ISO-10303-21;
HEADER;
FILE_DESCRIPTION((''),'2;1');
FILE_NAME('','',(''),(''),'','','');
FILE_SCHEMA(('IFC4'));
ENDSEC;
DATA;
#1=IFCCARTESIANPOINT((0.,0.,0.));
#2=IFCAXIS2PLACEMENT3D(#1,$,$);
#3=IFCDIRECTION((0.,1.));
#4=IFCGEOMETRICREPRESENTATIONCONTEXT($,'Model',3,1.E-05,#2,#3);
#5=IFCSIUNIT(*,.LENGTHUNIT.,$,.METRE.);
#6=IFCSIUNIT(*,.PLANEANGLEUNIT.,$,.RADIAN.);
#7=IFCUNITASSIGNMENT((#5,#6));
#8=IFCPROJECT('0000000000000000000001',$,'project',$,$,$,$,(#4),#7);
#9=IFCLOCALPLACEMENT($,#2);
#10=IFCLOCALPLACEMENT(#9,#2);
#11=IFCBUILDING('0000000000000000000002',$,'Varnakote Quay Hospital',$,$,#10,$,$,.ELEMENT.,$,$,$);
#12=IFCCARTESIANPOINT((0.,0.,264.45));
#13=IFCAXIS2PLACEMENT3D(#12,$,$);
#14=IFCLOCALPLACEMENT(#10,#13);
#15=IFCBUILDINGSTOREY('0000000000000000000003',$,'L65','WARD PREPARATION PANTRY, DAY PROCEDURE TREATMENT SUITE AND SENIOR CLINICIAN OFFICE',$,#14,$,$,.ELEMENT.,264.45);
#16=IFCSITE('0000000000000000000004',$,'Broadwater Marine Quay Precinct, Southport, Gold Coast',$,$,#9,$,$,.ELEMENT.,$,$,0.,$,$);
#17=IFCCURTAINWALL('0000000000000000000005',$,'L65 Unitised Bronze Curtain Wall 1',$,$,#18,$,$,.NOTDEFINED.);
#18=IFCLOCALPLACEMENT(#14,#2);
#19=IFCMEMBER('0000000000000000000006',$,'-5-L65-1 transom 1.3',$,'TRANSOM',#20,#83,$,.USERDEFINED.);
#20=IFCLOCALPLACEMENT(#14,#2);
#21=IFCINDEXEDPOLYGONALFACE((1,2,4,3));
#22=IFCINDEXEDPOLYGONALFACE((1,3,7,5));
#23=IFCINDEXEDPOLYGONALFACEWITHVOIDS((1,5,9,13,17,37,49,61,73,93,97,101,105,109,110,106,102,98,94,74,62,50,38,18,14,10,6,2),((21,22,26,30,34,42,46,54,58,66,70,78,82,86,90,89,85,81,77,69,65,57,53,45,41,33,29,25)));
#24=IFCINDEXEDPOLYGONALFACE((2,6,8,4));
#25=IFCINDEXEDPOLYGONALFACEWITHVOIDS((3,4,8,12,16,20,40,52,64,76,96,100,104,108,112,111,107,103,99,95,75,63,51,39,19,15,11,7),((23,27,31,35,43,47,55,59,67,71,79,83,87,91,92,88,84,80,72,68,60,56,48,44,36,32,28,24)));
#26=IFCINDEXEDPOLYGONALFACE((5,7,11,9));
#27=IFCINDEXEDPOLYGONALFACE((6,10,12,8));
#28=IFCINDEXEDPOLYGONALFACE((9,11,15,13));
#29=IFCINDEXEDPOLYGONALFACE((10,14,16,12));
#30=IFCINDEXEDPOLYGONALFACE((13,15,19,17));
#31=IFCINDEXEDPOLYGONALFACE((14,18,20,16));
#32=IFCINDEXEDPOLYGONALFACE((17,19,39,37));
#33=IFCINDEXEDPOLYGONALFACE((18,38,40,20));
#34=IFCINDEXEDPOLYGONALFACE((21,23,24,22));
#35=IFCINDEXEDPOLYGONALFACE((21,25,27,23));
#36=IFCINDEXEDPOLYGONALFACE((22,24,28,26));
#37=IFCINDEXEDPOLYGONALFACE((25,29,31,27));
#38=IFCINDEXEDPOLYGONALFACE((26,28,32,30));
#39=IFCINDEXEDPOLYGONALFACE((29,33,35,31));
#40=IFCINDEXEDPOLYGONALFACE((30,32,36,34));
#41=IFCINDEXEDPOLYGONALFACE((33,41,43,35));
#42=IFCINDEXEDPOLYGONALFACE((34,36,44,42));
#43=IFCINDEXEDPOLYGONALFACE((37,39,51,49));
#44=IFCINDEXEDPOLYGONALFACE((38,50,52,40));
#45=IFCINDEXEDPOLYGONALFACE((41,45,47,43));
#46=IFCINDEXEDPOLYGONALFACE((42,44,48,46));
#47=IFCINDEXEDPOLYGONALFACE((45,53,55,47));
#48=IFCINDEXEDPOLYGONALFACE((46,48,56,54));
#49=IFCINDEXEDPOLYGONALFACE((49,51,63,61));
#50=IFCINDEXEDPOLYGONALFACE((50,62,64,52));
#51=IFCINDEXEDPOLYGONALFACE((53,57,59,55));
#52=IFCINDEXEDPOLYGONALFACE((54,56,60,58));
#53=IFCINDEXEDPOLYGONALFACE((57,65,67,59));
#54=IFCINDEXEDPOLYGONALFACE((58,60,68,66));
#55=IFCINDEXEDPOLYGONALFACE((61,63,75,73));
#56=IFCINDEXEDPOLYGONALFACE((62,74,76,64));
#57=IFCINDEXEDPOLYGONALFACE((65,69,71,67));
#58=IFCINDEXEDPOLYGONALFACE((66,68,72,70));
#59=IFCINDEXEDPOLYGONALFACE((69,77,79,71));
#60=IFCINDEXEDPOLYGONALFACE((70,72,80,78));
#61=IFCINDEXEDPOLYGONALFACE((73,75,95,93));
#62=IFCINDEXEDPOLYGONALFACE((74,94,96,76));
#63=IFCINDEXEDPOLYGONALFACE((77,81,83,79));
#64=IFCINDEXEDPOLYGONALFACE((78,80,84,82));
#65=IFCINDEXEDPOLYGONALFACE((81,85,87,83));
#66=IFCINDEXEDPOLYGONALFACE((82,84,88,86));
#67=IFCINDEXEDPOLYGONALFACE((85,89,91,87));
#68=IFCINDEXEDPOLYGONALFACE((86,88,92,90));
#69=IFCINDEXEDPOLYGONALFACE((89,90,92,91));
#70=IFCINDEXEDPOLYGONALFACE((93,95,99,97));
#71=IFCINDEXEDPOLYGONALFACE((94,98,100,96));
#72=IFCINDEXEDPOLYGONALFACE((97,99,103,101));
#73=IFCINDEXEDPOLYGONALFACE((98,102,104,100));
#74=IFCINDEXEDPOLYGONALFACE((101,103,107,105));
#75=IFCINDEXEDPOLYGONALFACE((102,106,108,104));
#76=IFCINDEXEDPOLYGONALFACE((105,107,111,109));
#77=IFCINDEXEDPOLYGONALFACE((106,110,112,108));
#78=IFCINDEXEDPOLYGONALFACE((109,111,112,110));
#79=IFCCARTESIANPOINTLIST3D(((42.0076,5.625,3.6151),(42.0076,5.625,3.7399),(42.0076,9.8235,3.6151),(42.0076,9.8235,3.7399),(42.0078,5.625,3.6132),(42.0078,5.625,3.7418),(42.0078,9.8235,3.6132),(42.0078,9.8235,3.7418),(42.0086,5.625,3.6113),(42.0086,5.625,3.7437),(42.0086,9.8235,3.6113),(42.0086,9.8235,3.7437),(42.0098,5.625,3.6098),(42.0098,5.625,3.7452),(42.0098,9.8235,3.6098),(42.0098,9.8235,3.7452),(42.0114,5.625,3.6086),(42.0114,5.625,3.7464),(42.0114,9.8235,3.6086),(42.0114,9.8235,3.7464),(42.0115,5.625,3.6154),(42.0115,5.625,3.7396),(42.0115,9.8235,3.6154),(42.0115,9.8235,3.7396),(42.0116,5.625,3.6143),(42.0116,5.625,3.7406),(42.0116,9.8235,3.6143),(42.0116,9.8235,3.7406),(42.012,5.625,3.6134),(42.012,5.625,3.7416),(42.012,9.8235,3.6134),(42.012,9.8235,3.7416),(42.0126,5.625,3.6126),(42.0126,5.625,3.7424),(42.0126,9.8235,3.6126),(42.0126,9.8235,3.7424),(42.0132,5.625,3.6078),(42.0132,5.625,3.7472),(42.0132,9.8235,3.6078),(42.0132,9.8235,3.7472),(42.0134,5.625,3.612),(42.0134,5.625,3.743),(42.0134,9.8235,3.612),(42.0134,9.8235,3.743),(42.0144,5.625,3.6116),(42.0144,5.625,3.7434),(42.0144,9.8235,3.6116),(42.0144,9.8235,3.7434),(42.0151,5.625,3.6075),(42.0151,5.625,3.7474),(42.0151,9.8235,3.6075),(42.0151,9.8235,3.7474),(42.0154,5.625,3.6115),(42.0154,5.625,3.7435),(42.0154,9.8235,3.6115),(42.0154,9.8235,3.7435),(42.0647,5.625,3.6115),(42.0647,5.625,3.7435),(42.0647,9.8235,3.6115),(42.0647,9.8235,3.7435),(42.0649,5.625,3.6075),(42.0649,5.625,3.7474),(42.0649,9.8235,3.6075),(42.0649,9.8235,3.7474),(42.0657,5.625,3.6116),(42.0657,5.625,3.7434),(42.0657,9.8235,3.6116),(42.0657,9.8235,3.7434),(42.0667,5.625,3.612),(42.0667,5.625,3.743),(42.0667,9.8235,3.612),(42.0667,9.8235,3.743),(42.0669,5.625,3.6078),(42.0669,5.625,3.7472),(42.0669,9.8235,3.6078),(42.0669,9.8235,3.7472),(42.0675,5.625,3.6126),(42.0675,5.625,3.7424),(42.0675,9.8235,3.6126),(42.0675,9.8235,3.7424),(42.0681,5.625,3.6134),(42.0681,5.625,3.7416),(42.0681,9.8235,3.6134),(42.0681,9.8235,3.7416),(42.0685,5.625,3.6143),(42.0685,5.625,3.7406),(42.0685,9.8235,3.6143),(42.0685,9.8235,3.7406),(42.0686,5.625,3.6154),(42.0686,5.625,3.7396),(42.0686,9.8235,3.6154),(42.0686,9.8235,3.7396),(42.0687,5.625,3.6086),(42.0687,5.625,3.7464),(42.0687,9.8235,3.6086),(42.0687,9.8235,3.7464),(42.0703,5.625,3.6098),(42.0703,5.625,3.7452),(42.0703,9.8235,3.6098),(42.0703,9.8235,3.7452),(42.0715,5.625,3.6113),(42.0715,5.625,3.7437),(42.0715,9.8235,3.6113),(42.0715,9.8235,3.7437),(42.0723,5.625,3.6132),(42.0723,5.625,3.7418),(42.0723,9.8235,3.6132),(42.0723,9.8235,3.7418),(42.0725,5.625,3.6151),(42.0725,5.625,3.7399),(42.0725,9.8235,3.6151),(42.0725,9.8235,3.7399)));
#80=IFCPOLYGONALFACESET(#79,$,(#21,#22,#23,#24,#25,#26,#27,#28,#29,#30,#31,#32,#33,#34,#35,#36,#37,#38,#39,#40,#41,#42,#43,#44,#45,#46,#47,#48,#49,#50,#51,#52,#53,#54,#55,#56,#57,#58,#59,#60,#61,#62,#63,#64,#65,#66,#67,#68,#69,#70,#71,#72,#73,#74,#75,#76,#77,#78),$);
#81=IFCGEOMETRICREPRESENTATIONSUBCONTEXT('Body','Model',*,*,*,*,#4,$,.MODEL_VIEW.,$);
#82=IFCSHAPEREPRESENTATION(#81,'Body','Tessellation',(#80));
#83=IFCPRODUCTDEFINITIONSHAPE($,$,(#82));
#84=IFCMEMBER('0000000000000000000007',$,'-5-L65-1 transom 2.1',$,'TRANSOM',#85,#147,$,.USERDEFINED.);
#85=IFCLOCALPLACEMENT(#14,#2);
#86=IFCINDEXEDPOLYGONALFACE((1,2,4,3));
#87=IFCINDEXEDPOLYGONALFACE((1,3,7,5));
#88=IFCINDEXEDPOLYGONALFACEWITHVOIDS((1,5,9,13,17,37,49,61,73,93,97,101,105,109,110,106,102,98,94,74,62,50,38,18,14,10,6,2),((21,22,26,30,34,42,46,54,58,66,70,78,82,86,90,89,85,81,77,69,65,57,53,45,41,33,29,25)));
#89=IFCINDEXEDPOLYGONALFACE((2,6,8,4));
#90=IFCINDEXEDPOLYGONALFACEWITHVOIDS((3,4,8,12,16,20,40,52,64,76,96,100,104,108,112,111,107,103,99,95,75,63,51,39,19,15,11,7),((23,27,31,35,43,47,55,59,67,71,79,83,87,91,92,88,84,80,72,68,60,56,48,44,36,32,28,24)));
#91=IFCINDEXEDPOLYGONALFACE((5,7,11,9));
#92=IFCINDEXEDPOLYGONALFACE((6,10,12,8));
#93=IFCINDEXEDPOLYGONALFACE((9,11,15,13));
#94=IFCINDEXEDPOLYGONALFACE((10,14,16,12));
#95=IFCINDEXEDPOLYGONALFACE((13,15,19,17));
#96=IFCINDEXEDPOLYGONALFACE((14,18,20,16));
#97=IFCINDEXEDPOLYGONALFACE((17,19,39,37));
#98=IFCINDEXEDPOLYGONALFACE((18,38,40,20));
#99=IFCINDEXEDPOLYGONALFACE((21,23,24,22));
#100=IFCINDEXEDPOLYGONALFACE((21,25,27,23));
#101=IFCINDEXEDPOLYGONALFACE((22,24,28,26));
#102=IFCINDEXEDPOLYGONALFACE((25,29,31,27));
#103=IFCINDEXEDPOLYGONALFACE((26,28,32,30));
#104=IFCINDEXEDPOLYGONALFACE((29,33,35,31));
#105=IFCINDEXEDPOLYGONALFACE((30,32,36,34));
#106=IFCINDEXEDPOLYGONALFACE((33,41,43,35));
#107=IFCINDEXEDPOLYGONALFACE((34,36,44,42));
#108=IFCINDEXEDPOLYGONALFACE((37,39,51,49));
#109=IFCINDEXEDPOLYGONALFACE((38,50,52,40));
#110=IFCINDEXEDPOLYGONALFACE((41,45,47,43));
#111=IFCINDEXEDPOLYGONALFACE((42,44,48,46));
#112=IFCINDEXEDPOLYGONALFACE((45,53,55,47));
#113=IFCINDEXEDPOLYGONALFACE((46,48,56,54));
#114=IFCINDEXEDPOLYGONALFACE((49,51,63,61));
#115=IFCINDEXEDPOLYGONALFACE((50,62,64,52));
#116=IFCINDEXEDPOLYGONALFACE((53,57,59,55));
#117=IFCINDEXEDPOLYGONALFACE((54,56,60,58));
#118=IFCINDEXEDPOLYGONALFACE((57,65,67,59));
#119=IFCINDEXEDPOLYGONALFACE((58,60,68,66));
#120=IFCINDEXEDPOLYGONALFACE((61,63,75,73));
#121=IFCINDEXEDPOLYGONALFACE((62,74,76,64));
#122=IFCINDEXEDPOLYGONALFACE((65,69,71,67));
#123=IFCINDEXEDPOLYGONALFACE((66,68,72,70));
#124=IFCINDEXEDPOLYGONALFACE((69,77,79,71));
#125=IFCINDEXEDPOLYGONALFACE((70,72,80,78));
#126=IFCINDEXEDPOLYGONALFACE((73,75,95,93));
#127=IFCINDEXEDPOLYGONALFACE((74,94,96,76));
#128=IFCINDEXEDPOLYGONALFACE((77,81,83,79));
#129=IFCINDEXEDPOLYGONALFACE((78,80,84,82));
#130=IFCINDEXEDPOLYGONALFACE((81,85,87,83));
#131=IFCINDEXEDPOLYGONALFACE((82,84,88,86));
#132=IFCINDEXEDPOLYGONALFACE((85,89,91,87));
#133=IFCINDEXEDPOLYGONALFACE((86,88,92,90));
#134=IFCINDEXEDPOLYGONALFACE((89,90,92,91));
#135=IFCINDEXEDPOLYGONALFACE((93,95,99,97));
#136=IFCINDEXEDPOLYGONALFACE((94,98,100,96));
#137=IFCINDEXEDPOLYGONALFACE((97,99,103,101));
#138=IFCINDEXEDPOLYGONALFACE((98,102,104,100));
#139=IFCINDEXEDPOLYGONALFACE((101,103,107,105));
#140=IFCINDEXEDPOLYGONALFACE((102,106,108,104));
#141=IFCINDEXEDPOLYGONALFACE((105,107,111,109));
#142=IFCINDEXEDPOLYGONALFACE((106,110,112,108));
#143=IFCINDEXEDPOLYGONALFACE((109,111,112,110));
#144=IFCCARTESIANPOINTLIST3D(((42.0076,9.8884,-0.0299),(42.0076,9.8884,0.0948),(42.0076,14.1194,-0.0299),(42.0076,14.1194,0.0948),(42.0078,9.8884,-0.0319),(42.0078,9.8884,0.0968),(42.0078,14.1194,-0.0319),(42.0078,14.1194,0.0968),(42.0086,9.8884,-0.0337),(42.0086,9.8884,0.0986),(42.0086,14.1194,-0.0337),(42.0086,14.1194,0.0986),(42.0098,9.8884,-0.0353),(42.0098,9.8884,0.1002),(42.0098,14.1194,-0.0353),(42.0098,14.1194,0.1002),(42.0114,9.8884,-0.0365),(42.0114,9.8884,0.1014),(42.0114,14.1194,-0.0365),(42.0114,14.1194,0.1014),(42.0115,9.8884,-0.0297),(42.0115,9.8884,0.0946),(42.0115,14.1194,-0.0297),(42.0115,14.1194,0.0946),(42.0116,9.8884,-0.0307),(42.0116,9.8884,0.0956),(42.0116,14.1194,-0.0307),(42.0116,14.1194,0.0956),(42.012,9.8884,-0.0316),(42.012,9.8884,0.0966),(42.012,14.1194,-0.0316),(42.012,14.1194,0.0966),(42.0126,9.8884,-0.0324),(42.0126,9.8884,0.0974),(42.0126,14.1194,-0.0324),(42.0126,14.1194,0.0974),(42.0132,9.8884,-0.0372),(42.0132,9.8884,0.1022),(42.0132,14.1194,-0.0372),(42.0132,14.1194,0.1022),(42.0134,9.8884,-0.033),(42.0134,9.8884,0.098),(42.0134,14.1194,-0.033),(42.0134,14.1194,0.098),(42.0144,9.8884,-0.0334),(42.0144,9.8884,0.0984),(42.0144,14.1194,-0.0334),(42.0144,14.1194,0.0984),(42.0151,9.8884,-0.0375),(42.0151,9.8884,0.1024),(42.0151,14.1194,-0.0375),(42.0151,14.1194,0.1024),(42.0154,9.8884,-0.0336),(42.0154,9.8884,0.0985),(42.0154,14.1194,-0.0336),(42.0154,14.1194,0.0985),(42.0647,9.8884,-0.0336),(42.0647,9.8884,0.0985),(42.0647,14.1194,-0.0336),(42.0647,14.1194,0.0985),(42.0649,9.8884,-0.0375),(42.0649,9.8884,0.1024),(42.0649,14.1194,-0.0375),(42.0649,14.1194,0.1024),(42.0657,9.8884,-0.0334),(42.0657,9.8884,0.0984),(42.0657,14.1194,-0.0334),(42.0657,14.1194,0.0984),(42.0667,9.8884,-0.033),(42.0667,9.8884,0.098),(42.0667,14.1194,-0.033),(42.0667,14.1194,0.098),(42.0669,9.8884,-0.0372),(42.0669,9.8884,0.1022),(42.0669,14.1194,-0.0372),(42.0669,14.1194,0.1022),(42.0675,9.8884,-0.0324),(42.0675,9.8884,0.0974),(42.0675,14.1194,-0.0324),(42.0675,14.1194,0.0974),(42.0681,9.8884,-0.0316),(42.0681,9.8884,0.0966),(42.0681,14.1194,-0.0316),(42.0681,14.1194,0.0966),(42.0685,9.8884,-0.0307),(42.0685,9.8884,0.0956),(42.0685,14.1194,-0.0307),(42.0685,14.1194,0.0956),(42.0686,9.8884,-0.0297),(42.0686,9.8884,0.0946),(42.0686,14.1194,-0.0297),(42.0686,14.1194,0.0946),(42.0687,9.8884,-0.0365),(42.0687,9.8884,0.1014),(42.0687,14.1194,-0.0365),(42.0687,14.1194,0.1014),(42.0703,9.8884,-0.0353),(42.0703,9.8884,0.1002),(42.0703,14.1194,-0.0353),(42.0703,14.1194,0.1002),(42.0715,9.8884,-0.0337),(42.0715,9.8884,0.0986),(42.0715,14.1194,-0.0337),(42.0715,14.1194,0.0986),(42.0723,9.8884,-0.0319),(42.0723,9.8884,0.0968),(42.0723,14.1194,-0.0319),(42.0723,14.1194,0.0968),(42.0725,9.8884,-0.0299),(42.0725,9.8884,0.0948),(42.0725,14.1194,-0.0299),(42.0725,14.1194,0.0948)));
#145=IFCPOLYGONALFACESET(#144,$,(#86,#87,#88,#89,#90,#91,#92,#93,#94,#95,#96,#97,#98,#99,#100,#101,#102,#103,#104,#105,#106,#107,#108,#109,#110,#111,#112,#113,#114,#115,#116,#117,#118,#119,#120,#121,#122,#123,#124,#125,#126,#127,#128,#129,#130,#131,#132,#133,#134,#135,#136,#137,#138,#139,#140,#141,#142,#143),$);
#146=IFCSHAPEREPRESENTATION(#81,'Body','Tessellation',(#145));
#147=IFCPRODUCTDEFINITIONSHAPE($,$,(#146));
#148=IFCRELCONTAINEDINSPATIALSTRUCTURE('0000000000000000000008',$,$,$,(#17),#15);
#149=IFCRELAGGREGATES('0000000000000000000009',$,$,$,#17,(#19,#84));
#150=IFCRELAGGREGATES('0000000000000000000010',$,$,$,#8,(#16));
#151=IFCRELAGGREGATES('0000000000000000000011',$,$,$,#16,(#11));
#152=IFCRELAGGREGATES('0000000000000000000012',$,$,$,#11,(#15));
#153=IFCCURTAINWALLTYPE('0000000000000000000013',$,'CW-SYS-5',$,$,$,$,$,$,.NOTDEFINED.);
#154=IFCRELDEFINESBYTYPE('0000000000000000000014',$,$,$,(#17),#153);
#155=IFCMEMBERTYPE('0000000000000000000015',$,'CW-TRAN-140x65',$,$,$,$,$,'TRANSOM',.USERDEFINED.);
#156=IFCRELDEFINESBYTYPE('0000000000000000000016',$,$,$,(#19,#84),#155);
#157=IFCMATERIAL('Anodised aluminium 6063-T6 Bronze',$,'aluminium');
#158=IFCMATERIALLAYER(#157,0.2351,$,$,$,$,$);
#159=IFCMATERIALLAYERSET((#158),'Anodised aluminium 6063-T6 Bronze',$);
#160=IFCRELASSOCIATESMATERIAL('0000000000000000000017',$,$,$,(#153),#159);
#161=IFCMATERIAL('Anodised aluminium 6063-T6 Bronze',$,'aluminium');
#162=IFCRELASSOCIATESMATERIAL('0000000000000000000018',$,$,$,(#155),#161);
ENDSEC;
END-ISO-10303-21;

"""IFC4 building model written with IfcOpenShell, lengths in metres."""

from ifc_helpers import new_model, si_unit, direction, frame, origin, origin_2d, place, context, subcontext, project, spatial, hollow_rectangle, extrude, material, layer, layer_set, material_profile, profile_set, type_object, element, aggregate, save


model = new_model("IFC4")

# Units and contexts
model_context = context("Model", 3, precision=1e-05, world=origin(), true_north=direction((0.0, 1.0)))
body_context = subcontext(model_context, "Body", "Model", "MODEL_VIEW")
ifc_project = project(units=[si_unit("LENGTHUNIT", "METRE"), si_unit("PLANEANGLEUNIT", "RADIAN")], contexts=[model_context])

# Site, building, storey
site_placement = place(None, origin())
site = spatial("IfcSite", under=ifc_project, at=site_placement, Name="Broadwater Marine Quay Precinct, Southport, Gold Coast", CompositionType="ELEMENT", RefElevation=0.0)
building_placement = place(site_placement, origin())
building = spatial("IfcBuilding", under=site, at=building_placement, Name="Varnakote Quay Hospital", CompositionType="ELEMENT")
storey_placement = place(building_placement, frame((0.0, 0.0, 264.45)))
storey = spatial("IfcBuildingStorey", under=building, at=storey_placement, Name="L65", Description="WARD PREPARATION PANTRY, DAY PROCEDURE TREATMENT SUITE AND SENIOR CLINICIAN OFFICE", CompositionType="ELEMENT", Elevation=264.45)

# Curtain wall, members
ifc_material_1 = material(Name="Anodised aluminium 6063-T6 Bronze", Category="aluminium")
ifc_layer_1 = layer(ifc_material_1, 0.2351)
ifc_layer_set_1 = layer_set([ifc_layer_1], Name="Anodised aluminium 6063-T6 Bronze")
curtain_wall_type = type_object("IfcCurtainWallType", Name="CW-SYS-5", PredefinedType="NOTDEFINED", material=ifc_layer_set_1)
curtain_wall_placement = place(storey_placement, origin())
curtain_wall = element("IfcCurtainWall", 1, at=curtain_wall_placement, inside=storey, type_object=curtain_wall_type, Name="L65 Unitised Bronze Curtain Wall 1", PredefinedType="NOTDEFINED")
ifc_material_2 = material(Name="Anodised aluminium 6063-T6 Bronze", Category="aluminium")
ifc_material_profile_1 = material_profile(ifc_material_2, hollow_rectangle(XDim=0.0649, YDim=0.1399, WallThickness=0.0039, InnerFilletRadius=0.0039, OuterFilletRadius=0.0076, at=origin_2d()), Name="CW-TRAN-140x65")
ifc_profile_set_1 = profile_set([ifc_material_profile_1], Name="Anodised aluminium 6063-T6 Bronze")
member_type_1 = type_object("IfcMemberType", Name="CW-TRAN-140x65", ElementType="TRANSOM", PredefinedType="USERDEFINED", material=ifc_profile_set_1)
member_1_placement = place(storey_placement, frame((42.04, 5.625, 3.6775), z_axis=(0.0, 1.0, 0.0), x_axis=(-1.0, 0.0, 0.0)))
member_1 = element("IfcMember", 2, at=member_1_placement, type_object=member_type_1, Name="-5-L65-1 transom 1.3", ObjectType="TRANSOM", PredefinedType="USERDEFINED", context=body_context, shape_type="SweptSolid", body=[
    extrude(hollow_rectangle(XDim=0.0649, YDim=0.1399, WallThickness=0.0039, InnerFilletRadius=0.0039, OuterFilletRadius=0.0076, at=origin_2d()), origin(), (0.0, 0.0, 1.0), 4.1985),
])
member_2_placement = place(storey_placement, frame((42.04, 9.8884, 0.0325), z_axis=(0.0, 1.0, 0.0), x_axis=(-1.0, 0.0, 0.0)))
member_2 = element("IfcMember", 3, at=member_2_placement, type_object=member_type_1, Name="-5-L65-1 transom 2.1", ObjectType="TRANSOM", PredefinedType="USERDEFINED", context=body_context, shape_type="SweptSolid", body=[
    extrude(hollow_rectangle(XDim=0.0649, YDim=0.1399, WallThickness=0.0039, InnerFilletRadius=0.0039, OuterFilletRadius=0.0076, at=origin_2d()), origin(), (0.0, 0.0, 1.0), 4.231),
])
aggregate(curtain_wall, [member_1, member_2])

save(model, "model.ifc")
